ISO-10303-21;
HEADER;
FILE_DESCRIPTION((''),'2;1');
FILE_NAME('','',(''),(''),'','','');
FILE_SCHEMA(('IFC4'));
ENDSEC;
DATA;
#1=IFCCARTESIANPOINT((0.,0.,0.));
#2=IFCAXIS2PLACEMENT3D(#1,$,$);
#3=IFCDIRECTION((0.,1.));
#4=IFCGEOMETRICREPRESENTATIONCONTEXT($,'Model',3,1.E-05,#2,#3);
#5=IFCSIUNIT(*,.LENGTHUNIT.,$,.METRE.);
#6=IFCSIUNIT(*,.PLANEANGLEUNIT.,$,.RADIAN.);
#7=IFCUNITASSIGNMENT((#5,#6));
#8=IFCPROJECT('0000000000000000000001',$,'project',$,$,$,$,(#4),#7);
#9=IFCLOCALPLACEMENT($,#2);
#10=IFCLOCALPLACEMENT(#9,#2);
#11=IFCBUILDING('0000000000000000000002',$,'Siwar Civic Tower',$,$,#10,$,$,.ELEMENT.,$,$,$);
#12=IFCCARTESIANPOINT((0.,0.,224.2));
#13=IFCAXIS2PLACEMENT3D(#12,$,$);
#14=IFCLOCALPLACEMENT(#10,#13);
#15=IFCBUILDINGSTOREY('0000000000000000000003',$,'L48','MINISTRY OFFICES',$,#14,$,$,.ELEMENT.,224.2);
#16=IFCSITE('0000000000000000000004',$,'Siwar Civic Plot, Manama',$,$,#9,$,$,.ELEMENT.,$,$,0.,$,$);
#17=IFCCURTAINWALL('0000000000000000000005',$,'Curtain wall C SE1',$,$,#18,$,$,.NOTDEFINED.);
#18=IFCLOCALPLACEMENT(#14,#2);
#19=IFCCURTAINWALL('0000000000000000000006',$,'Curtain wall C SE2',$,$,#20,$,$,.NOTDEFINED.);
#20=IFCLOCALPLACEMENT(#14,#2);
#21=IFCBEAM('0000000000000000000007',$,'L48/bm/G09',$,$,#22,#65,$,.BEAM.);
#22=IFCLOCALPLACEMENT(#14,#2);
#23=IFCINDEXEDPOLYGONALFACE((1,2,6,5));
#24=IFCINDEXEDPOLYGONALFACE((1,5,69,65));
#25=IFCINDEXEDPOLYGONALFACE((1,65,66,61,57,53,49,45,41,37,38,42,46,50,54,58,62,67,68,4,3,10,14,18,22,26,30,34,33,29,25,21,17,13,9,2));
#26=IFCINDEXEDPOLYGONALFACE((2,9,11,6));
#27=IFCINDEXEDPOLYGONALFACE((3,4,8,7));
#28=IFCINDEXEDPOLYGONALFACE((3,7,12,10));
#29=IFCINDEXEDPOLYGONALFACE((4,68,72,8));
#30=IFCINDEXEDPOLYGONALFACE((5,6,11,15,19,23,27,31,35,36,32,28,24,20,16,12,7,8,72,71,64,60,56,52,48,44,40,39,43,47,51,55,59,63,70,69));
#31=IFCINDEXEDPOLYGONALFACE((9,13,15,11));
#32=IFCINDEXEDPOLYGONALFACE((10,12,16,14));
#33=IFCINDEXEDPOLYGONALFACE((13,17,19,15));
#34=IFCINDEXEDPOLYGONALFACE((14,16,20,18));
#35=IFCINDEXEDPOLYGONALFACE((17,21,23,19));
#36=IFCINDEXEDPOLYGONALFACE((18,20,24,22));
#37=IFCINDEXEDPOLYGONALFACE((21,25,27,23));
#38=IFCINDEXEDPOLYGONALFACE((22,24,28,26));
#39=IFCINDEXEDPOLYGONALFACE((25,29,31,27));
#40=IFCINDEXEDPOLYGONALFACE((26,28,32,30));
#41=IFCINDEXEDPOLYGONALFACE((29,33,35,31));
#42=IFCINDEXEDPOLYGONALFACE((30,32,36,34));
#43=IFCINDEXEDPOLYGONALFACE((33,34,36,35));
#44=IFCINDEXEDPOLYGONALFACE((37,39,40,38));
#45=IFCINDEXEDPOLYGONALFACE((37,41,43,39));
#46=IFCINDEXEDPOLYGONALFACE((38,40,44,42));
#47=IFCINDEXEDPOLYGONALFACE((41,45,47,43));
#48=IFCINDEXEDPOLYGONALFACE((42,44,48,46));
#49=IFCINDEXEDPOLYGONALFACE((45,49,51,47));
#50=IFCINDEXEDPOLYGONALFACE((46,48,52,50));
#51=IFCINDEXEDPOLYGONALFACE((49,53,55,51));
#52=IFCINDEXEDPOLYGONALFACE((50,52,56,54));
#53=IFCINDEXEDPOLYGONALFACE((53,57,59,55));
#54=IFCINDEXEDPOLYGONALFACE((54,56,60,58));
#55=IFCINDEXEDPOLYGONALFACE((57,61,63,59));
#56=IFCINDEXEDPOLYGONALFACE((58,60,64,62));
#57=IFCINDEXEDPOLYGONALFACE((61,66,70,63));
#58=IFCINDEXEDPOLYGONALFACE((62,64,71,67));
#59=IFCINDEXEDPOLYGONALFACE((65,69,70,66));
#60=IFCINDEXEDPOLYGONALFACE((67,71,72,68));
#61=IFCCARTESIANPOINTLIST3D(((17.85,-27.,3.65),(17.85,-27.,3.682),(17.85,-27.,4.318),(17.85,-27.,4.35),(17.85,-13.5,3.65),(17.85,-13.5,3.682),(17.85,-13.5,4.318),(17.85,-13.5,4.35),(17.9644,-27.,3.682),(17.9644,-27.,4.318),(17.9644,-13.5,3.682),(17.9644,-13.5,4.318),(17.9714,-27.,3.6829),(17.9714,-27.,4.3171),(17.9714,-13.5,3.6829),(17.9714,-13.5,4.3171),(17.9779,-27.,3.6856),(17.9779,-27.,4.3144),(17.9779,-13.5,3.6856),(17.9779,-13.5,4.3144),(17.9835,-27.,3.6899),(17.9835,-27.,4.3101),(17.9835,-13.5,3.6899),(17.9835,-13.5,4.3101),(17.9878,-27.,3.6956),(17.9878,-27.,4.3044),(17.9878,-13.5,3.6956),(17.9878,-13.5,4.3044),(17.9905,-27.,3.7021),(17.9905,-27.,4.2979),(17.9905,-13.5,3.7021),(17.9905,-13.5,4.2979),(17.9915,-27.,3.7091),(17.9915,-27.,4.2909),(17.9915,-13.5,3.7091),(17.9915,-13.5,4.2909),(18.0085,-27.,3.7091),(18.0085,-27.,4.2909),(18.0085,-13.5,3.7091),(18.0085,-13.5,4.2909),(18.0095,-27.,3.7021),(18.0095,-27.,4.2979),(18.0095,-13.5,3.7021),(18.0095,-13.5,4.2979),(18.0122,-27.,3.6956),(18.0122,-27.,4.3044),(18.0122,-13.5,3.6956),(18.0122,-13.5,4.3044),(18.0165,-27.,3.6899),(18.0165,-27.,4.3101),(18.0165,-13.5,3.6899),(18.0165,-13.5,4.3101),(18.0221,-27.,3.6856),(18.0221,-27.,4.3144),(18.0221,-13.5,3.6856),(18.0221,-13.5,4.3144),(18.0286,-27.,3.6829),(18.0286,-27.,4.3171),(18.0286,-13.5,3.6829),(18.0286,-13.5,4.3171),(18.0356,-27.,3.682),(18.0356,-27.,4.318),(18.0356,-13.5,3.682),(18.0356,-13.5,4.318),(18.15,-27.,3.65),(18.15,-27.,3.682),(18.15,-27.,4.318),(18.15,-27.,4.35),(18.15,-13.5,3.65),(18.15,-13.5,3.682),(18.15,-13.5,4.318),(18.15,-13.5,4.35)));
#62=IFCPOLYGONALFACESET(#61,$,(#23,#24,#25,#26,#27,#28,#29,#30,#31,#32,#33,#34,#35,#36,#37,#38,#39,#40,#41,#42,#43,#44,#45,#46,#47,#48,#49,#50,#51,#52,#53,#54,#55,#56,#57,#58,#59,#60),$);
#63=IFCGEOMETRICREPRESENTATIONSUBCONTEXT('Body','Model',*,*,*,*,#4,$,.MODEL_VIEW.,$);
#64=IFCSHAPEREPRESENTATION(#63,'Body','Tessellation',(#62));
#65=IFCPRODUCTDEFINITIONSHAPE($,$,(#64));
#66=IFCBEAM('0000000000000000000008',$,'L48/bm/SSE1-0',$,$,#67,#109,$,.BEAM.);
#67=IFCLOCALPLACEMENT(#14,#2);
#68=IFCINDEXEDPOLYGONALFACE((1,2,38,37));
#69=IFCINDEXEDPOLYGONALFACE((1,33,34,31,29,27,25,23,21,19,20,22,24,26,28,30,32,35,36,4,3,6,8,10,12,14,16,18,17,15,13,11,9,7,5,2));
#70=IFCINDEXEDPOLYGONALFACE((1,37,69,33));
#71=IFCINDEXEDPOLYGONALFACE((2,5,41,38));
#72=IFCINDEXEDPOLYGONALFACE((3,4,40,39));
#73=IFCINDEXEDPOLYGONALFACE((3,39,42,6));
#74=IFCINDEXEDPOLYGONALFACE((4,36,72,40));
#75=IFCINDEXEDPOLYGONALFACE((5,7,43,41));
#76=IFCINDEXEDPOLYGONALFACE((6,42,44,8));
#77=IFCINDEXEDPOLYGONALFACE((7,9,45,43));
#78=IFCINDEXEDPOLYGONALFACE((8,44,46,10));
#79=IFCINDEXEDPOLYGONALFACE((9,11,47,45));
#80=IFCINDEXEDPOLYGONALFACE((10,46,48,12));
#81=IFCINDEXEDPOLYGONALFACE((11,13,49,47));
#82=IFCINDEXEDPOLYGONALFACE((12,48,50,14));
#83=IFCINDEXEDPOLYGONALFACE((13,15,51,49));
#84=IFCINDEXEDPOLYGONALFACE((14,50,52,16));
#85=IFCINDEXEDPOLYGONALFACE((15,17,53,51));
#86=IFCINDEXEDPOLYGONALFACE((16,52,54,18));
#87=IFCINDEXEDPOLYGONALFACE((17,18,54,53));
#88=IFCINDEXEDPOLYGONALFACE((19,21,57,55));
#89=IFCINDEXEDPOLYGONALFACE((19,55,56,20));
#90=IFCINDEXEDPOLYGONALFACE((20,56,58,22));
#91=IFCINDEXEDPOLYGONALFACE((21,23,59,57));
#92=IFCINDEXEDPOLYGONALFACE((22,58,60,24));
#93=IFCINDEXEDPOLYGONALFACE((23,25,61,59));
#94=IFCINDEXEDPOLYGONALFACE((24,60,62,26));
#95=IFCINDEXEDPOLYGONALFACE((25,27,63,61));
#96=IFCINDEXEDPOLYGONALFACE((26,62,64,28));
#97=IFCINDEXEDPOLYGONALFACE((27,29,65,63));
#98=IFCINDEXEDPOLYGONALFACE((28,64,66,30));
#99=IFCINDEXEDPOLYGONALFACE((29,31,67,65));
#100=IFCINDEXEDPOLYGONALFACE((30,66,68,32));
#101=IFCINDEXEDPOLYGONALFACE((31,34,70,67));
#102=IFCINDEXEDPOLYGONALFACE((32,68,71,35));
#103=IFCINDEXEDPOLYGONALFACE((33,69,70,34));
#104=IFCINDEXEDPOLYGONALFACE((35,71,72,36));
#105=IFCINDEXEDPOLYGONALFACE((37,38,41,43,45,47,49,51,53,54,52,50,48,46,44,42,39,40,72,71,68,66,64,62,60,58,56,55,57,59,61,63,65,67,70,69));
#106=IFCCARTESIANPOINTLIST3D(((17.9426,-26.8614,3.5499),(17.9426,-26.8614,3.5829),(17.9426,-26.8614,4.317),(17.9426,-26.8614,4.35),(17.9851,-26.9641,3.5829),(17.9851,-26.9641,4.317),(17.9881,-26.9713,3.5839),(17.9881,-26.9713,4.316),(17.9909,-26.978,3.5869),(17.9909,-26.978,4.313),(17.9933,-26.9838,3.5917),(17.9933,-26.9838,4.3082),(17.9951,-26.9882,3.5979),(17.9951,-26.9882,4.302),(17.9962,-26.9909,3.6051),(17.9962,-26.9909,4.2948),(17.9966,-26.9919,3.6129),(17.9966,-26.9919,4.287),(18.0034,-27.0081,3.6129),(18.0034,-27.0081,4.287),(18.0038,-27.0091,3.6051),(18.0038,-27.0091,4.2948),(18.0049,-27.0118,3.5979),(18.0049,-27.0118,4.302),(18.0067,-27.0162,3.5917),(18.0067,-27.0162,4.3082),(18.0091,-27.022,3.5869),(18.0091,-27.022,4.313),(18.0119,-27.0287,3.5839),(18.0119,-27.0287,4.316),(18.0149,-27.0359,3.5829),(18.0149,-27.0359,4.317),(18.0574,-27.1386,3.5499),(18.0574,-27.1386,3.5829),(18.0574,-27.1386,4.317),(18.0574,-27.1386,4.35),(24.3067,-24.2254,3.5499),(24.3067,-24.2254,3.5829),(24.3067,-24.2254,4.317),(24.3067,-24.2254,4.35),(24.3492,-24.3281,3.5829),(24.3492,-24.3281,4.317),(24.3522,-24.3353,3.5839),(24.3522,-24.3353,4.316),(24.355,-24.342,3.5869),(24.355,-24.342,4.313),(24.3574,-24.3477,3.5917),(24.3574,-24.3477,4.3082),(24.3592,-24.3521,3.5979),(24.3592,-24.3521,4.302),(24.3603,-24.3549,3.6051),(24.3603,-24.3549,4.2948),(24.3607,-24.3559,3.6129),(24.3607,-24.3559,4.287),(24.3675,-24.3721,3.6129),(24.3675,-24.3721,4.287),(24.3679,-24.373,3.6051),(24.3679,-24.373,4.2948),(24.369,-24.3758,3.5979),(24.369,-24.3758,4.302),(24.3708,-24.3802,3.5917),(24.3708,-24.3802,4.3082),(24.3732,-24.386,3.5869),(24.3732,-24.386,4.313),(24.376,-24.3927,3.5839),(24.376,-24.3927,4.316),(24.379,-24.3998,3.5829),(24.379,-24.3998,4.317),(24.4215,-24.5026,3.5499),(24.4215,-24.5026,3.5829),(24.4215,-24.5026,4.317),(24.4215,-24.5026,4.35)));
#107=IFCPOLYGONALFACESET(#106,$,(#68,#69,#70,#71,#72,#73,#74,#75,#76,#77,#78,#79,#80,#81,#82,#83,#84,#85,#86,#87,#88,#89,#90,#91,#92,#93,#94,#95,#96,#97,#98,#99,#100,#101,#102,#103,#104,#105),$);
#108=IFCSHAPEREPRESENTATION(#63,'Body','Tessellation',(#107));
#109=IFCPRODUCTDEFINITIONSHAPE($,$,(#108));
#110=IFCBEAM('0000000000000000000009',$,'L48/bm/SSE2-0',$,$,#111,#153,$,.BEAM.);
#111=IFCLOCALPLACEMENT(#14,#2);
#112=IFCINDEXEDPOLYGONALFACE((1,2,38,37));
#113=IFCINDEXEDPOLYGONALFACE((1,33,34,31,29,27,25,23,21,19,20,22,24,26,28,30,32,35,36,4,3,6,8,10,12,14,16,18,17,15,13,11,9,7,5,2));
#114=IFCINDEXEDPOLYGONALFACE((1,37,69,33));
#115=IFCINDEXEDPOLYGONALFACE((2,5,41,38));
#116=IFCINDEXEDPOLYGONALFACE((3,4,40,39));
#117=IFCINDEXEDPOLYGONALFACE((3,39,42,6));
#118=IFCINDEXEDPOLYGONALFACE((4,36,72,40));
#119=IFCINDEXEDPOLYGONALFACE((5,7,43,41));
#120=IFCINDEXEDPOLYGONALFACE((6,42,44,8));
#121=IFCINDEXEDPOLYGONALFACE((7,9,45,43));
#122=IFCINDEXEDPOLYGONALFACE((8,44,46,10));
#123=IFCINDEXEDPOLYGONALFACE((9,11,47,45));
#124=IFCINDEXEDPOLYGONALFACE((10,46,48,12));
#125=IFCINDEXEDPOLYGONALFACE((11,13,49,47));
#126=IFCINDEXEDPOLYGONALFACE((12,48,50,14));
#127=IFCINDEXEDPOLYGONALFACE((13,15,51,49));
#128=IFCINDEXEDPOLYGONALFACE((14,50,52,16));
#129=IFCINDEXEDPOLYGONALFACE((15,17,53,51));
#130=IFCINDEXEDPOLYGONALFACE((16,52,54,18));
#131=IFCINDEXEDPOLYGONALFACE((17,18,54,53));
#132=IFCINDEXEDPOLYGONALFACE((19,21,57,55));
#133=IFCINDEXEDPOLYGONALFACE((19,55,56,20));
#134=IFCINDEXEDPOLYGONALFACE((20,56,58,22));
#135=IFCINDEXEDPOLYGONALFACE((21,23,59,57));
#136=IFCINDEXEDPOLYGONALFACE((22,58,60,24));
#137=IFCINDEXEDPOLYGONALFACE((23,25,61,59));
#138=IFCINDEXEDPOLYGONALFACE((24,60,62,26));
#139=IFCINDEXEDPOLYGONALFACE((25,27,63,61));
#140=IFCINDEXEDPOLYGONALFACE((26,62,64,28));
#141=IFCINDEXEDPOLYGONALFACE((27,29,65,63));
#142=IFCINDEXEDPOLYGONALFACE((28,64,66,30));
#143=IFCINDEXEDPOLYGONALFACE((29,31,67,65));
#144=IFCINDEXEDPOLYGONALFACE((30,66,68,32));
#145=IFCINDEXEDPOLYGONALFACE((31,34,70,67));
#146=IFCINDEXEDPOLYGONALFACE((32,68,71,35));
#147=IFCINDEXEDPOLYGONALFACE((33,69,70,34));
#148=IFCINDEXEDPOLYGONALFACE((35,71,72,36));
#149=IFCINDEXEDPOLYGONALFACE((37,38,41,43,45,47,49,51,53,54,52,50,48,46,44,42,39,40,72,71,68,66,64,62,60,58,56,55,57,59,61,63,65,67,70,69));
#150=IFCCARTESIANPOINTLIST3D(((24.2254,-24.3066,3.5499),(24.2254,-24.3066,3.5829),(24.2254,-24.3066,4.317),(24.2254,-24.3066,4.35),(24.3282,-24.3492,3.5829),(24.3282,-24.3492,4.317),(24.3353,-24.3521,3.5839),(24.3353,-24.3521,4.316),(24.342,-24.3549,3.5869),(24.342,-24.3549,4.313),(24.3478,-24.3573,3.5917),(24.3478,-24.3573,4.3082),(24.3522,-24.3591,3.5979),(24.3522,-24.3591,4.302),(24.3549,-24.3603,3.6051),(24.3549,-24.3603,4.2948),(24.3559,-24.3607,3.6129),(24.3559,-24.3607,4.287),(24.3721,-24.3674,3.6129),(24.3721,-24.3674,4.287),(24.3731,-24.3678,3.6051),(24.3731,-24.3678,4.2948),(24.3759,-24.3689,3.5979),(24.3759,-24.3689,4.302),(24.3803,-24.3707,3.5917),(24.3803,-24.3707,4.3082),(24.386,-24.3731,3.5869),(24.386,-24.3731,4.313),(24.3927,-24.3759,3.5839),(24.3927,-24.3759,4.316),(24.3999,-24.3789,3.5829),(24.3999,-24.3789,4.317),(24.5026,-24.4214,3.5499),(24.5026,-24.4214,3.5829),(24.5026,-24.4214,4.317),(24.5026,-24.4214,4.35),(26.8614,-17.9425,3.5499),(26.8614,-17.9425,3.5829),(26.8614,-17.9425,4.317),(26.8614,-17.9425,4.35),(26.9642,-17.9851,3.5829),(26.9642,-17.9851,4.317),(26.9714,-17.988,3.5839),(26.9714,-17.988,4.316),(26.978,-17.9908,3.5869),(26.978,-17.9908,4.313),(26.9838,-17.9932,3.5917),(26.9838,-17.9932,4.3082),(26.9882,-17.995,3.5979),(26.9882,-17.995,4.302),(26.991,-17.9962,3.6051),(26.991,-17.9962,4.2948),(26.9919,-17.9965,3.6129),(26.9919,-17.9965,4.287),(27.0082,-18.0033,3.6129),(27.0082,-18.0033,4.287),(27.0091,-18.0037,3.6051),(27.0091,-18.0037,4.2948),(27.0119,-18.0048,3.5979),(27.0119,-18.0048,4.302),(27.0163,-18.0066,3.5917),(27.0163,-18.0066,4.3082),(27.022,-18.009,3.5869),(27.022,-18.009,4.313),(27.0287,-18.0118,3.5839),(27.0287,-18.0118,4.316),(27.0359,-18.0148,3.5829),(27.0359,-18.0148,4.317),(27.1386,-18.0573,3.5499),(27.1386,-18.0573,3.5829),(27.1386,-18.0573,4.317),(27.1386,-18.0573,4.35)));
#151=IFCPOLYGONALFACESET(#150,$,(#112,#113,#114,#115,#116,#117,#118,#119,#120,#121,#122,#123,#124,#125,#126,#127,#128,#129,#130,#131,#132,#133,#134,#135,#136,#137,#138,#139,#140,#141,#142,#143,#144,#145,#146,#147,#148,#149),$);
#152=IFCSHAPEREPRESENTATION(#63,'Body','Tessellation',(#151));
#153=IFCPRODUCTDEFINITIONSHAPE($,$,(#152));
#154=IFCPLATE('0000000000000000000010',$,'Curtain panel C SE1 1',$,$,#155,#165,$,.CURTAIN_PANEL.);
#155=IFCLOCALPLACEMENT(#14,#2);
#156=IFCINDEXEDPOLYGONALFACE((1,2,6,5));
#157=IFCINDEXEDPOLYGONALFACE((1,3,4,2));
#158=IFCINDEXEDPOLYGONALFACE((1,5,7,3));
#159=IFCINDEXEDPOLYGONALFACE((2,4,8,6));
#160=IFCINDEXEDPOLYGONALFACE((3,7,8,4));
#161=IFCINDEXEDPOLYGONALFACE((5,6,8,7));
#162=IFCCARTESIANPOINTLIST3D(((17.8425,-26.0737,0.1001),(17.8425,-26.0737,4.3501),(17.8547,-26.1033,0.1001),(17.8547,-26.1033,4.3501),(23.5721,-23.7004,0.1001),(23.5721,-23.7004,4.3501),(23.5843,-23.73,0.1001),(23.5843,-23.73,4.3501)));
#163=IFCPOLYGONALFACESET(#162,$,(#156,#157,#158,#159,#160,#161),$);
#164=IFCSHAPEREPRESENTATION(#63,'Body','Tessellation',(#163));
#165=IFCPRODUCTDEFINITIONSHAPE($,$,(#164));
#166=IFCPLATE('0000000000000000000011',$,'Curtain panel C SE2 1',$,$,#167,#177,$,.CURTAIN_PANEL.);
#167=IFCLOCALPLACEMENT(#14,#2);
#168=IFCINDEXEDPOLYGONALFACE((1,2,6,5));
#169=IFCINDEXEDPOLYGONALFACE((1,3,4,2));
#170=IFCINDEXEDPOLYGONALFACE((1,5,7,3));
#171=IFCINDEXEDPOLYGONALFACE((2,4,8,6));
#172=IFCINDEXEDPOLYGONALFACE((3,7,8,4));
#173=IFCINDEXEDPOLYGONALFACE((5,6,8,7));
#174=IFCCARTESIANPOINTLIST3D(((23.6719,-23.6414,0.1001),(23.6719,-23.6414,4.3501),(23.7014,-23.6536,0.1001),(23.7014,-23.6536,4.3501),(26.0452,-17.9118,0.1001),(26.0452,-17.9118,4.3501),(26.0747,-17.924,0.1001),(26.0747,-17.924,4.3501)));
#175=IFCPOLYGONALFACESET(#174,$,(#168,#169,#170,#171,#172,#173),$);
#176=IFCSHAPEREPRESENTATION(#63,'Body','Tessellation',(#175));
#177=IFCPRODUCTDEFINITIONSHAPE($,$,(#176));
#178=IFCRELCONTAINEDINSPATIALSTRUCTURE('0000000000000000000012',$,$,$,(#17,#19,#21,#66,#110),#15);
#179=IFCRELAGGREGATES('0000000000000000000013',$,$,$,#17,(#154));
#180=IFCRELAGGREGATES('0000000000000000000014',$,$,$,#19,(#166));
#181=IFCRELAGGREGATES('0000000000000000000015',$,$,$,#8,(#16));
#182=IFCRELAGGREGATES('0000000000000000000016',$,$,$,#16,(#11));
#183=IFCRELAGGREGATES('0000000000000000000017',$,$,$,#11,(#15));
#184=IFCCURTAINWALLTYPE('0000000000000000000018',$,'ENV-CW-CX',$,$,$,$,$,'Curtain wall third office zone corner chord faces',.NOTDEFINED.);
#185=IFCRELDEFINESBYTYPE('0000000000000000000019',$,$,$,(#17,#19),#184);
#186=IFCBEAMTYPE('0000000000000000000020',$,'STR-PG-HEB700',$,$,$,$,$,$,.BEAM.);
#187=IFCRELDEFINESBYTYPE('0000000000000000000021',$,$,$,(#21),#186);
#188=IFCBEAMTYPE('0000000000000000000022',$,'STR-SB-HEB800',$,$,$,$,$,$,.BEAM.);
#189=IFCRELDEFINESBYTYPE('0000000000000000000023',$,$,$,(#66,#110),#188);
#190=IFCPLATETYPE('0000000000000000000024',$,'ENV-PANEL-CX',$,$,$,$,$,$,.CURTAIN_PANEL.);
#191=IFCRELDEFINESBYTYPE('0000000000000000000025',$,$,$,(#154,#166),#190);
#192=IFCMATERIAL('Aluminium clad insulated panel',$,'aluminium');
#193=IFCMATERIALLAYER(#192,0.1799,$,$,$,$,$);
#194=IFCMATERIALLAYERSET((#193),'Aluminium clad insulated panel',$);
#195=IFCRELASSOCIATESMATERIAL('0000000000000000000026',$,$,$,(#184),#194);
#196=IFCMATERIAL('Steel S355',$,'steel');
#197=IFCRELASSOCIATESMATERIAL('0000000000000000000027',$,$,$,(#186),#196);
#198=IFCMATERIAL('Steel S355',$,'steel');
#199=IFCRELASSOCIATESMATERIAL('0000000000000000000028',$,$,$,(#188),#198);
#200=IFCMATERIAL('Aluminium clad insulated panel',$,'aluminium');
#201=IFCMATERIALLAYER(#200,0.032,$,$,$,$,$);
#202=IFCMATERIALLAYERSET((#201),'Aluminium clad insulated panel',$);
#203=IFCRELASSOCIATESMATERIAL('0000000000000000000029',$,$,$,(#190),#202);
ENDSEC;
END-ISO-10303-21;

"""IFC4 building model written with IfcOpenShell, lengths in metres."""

from ifc_helpers import new_model, si_unit, direction, frame, origin, origin_2d, place, context, subcontext, project, spatial, rectangle, i_section, extrude, material, layer, layer_set, material_profile, profile_set, type_object, element, aggregate, save


model = new_model("IFC4")

# Units and contexts
model_context = context("Model", 3, precision=1e-05, world=origin(), true_north=direction((0.0, 1.0)))
body_context = subcontext(model_context, "Body", "Model", "MODEL_VIEW")
ifc_project = project(units=[si_unit("LENGTHUNIT", "METRE"), si_unit("PLANEANGLEUNIT", "RADIAN")], contexts=[model_context])

# Site, building, storey
site_placement = place(None, origin())
site = spatial("IfcSite", under=ifc_project, at=site_placement, Name="Siwar Civic Plot, Manama", CompositionType="ELEMENT", RefElevation=0.0)
building_placement = place(site_placement, origin())
building = spatial("IfcBuilding", under=site, at=building_placement, Name="Siwar Civic Tower", CompositionType="ELEMENT")
storey_placement = place(building_placement, frame((0.0, 0.0, 224.2)))
storey = spatial("IfcBuildingStorey", under=building, at=storey_placement, Name="L48", Description="MINISTRY OFFICES", CompositionType="ELEMENT", Elevation=224.2)

# Curtain walls
ifc_material_1 = material(Name="Aluminium clad insulated panel", Category="aluminium")
ifc_layer_1 = layer(ifc_material_1, 0.1799)
ifc_layer_set_1 = layer_set([ifc_layer_1], Name="Aluminium clad insulated panel")
curtain_wall_type = type_object("IfcCurtainWallType", Name="ENV-CW-CX", ElementType="Curtain wall third office zone corner chord faces", PredefinedType="NOTDEFINED", material=ifc_layer_set_1)
curtain_wall_1_placement = place(storey_placement, origin())
curtain_wall_1 = element("IfcCurtainWall", 1, at=curtain_wall_1_placement, inside=storey, type_object=curtain_wall_type, Name="Curtain wall C SE1", PredefinedType="NOTDEFINED")
curtain_wall_2_placement = place(storey_placement, origin())
curtain_wall_2 = element("IfcCurtainWall", 2, at=curtain_wall_2_placement, inside=storey, type_object=curtain_wall_type, Name="Curtain wall C SE2", PredefinedType="NOTDEFINED")

# Beams
ifc_material_2 = material(Name="Steel S355", Category="steel")
ifc_material_profile_1 = material_profile(ifc_material_2, i_section(OverallWidth=0.3, OverallDepth=0.7, WebThickness=0.0171, FlangeThickness=0.032, FilletRadius=0.0271, at=origin_2d()), Name="HEB700")
ifc_profile_set_1 = profile_set([ifc_material_profile_1], Name="Steel S355")
beam_type_1 = type_object("IfcBeamType", Name="STR-PG-HEB700", PredefinedType="BEAM", material=ifc_profile_set_1)
beam_1_placement = place(storey_placement, frame((18.0, -27.0, 4.0), z_axis=(0.0, 1.0, 0.0), x_axis=(-1.0, 0.0, 0.0)))
element("IfcBeam", 3, at=beam_1_placement, inside=storey, type_object=beam_type_1, Name="L48/bm/G09", PredefinedType="BEAM", context=body_context, shape_type="SweptSolid", body=[
    extrude(i_section(OverallWidth=0.3, OverallDepth=0.7, WebThickness=0.0171, FlangeThickness=0.032, FilletRadius=0.0271, at=origin_2d()), origin(), (0.0, 0.0, 1.0), 13.5),
])
ifc_material_3 = material(Name="Steel S355", Category="steel")
ifc_material_profile_2 = material_profile(ifc_material_3, i_section(OverallWidth=0.3, OverallDepth=0.8, WebThickness=0.0176, FlangeThickness=0.033, FilletRadius=0.03, at=origin_2d()), Name="HEB800")
ifc_profile_set_2 = profile_set([ifc_material_profile_2], Name="Steel S355")
beam_type_2 = type_object("IfcBeamType", Name="STR-SB-HEB800", PredefinedType="BEAM", material=ifc_profile_set_2)
for number, where, z_axis, x_axis, name in (
    (4, (18.0, -27.0, 3.95), (0.923883, 0.382674, 0.0), (-0.382674, 0.923883, 0.0), "L48/bm/SSE1-0"),
    (5, (24.364, -24.364, 3.95), (0.382674, 0.923883, 0.0), (-0.923883, 0.382674, 0.0), "L48/bm/SSE2-0"),
):
    element("IfcBeam", number, at=place(storey_placement, frame(where, z_axis=z_axis, x_axis=x_axis)), inside=storey, type_object=beam_type_2, Name=name, PredefinedType="BEAM", context=body_context, shape_type="SweptSolid", body=[
        extrude(i_section(OverallWidth=0.3, OverallDepth=0.8, WebThickness=0.0176, FlangeThickness=0.033, FilletRadius=0.03, at=origin_2d()), origin(), (0.0, 0.0, 1.0), 6.8884),
    ])

# Plates
ifc_material_4 = material(Name="Aluminium clad insulated panel", Category="aluminium")
ifc_layer_2 = layer(ifc_material_4, 0.032)
ifc_layer_set_2 = layer_set([ifc_layer_2], Name="Aluminium clad insulated panel")
plate_type = type_object("IfcPlateType", Name="ENV-PANEL-CX", PredefinedType="CURTAIN_PANEL", material=ifc_layer_set_2)
plate_1_placement = place(storey_placement, frame((20.7134, -24.9019, 0.1001), z_axis=(0.0, 0.0, 1.0), x_axis=(0.92388, 0.382683, 0.0)))
plate_1 = element("IfcPlate", 6, at=plate_1_placement, type_object=plate_type, Name="Curtain panel C SE1 1", PredefinedType="CURTAIN_PANEL", context=body_context, shape_type="SweptSolid", body=[
    extrude(rectangle(XDim=6.2017, YDim=0.032, at=origin_2d()), origin(), (0.0, 0.0, 1.0), 4.25),
])
aggregate(curtain_wall_1, [plate_1])
plate_2_placement = place(storey_placement, frame((24.8733, -20.7827, 0.1001), z_axis=(0.0, 0.0, 1.0), x_axis=(0.382683, 0.92388, 0.0)))
plate_2 = element("IfcPlate", 7, at=plate_2_placement, type_object=plate_type, Name="Curtain panel C SE2 1", PredefinedType="CURTAIN_PANEL", context=body_context, shape_type="SweptSolid", body=[
    extrude(rectangle(XDim=6.2017, YDim=0.032, at=origin_2d()), origin(), (0.0, 0.0, 1.0), 4.25),
])
aggregate(curtain_wall_2, [plate_2])

save(model, "model.ifc")
